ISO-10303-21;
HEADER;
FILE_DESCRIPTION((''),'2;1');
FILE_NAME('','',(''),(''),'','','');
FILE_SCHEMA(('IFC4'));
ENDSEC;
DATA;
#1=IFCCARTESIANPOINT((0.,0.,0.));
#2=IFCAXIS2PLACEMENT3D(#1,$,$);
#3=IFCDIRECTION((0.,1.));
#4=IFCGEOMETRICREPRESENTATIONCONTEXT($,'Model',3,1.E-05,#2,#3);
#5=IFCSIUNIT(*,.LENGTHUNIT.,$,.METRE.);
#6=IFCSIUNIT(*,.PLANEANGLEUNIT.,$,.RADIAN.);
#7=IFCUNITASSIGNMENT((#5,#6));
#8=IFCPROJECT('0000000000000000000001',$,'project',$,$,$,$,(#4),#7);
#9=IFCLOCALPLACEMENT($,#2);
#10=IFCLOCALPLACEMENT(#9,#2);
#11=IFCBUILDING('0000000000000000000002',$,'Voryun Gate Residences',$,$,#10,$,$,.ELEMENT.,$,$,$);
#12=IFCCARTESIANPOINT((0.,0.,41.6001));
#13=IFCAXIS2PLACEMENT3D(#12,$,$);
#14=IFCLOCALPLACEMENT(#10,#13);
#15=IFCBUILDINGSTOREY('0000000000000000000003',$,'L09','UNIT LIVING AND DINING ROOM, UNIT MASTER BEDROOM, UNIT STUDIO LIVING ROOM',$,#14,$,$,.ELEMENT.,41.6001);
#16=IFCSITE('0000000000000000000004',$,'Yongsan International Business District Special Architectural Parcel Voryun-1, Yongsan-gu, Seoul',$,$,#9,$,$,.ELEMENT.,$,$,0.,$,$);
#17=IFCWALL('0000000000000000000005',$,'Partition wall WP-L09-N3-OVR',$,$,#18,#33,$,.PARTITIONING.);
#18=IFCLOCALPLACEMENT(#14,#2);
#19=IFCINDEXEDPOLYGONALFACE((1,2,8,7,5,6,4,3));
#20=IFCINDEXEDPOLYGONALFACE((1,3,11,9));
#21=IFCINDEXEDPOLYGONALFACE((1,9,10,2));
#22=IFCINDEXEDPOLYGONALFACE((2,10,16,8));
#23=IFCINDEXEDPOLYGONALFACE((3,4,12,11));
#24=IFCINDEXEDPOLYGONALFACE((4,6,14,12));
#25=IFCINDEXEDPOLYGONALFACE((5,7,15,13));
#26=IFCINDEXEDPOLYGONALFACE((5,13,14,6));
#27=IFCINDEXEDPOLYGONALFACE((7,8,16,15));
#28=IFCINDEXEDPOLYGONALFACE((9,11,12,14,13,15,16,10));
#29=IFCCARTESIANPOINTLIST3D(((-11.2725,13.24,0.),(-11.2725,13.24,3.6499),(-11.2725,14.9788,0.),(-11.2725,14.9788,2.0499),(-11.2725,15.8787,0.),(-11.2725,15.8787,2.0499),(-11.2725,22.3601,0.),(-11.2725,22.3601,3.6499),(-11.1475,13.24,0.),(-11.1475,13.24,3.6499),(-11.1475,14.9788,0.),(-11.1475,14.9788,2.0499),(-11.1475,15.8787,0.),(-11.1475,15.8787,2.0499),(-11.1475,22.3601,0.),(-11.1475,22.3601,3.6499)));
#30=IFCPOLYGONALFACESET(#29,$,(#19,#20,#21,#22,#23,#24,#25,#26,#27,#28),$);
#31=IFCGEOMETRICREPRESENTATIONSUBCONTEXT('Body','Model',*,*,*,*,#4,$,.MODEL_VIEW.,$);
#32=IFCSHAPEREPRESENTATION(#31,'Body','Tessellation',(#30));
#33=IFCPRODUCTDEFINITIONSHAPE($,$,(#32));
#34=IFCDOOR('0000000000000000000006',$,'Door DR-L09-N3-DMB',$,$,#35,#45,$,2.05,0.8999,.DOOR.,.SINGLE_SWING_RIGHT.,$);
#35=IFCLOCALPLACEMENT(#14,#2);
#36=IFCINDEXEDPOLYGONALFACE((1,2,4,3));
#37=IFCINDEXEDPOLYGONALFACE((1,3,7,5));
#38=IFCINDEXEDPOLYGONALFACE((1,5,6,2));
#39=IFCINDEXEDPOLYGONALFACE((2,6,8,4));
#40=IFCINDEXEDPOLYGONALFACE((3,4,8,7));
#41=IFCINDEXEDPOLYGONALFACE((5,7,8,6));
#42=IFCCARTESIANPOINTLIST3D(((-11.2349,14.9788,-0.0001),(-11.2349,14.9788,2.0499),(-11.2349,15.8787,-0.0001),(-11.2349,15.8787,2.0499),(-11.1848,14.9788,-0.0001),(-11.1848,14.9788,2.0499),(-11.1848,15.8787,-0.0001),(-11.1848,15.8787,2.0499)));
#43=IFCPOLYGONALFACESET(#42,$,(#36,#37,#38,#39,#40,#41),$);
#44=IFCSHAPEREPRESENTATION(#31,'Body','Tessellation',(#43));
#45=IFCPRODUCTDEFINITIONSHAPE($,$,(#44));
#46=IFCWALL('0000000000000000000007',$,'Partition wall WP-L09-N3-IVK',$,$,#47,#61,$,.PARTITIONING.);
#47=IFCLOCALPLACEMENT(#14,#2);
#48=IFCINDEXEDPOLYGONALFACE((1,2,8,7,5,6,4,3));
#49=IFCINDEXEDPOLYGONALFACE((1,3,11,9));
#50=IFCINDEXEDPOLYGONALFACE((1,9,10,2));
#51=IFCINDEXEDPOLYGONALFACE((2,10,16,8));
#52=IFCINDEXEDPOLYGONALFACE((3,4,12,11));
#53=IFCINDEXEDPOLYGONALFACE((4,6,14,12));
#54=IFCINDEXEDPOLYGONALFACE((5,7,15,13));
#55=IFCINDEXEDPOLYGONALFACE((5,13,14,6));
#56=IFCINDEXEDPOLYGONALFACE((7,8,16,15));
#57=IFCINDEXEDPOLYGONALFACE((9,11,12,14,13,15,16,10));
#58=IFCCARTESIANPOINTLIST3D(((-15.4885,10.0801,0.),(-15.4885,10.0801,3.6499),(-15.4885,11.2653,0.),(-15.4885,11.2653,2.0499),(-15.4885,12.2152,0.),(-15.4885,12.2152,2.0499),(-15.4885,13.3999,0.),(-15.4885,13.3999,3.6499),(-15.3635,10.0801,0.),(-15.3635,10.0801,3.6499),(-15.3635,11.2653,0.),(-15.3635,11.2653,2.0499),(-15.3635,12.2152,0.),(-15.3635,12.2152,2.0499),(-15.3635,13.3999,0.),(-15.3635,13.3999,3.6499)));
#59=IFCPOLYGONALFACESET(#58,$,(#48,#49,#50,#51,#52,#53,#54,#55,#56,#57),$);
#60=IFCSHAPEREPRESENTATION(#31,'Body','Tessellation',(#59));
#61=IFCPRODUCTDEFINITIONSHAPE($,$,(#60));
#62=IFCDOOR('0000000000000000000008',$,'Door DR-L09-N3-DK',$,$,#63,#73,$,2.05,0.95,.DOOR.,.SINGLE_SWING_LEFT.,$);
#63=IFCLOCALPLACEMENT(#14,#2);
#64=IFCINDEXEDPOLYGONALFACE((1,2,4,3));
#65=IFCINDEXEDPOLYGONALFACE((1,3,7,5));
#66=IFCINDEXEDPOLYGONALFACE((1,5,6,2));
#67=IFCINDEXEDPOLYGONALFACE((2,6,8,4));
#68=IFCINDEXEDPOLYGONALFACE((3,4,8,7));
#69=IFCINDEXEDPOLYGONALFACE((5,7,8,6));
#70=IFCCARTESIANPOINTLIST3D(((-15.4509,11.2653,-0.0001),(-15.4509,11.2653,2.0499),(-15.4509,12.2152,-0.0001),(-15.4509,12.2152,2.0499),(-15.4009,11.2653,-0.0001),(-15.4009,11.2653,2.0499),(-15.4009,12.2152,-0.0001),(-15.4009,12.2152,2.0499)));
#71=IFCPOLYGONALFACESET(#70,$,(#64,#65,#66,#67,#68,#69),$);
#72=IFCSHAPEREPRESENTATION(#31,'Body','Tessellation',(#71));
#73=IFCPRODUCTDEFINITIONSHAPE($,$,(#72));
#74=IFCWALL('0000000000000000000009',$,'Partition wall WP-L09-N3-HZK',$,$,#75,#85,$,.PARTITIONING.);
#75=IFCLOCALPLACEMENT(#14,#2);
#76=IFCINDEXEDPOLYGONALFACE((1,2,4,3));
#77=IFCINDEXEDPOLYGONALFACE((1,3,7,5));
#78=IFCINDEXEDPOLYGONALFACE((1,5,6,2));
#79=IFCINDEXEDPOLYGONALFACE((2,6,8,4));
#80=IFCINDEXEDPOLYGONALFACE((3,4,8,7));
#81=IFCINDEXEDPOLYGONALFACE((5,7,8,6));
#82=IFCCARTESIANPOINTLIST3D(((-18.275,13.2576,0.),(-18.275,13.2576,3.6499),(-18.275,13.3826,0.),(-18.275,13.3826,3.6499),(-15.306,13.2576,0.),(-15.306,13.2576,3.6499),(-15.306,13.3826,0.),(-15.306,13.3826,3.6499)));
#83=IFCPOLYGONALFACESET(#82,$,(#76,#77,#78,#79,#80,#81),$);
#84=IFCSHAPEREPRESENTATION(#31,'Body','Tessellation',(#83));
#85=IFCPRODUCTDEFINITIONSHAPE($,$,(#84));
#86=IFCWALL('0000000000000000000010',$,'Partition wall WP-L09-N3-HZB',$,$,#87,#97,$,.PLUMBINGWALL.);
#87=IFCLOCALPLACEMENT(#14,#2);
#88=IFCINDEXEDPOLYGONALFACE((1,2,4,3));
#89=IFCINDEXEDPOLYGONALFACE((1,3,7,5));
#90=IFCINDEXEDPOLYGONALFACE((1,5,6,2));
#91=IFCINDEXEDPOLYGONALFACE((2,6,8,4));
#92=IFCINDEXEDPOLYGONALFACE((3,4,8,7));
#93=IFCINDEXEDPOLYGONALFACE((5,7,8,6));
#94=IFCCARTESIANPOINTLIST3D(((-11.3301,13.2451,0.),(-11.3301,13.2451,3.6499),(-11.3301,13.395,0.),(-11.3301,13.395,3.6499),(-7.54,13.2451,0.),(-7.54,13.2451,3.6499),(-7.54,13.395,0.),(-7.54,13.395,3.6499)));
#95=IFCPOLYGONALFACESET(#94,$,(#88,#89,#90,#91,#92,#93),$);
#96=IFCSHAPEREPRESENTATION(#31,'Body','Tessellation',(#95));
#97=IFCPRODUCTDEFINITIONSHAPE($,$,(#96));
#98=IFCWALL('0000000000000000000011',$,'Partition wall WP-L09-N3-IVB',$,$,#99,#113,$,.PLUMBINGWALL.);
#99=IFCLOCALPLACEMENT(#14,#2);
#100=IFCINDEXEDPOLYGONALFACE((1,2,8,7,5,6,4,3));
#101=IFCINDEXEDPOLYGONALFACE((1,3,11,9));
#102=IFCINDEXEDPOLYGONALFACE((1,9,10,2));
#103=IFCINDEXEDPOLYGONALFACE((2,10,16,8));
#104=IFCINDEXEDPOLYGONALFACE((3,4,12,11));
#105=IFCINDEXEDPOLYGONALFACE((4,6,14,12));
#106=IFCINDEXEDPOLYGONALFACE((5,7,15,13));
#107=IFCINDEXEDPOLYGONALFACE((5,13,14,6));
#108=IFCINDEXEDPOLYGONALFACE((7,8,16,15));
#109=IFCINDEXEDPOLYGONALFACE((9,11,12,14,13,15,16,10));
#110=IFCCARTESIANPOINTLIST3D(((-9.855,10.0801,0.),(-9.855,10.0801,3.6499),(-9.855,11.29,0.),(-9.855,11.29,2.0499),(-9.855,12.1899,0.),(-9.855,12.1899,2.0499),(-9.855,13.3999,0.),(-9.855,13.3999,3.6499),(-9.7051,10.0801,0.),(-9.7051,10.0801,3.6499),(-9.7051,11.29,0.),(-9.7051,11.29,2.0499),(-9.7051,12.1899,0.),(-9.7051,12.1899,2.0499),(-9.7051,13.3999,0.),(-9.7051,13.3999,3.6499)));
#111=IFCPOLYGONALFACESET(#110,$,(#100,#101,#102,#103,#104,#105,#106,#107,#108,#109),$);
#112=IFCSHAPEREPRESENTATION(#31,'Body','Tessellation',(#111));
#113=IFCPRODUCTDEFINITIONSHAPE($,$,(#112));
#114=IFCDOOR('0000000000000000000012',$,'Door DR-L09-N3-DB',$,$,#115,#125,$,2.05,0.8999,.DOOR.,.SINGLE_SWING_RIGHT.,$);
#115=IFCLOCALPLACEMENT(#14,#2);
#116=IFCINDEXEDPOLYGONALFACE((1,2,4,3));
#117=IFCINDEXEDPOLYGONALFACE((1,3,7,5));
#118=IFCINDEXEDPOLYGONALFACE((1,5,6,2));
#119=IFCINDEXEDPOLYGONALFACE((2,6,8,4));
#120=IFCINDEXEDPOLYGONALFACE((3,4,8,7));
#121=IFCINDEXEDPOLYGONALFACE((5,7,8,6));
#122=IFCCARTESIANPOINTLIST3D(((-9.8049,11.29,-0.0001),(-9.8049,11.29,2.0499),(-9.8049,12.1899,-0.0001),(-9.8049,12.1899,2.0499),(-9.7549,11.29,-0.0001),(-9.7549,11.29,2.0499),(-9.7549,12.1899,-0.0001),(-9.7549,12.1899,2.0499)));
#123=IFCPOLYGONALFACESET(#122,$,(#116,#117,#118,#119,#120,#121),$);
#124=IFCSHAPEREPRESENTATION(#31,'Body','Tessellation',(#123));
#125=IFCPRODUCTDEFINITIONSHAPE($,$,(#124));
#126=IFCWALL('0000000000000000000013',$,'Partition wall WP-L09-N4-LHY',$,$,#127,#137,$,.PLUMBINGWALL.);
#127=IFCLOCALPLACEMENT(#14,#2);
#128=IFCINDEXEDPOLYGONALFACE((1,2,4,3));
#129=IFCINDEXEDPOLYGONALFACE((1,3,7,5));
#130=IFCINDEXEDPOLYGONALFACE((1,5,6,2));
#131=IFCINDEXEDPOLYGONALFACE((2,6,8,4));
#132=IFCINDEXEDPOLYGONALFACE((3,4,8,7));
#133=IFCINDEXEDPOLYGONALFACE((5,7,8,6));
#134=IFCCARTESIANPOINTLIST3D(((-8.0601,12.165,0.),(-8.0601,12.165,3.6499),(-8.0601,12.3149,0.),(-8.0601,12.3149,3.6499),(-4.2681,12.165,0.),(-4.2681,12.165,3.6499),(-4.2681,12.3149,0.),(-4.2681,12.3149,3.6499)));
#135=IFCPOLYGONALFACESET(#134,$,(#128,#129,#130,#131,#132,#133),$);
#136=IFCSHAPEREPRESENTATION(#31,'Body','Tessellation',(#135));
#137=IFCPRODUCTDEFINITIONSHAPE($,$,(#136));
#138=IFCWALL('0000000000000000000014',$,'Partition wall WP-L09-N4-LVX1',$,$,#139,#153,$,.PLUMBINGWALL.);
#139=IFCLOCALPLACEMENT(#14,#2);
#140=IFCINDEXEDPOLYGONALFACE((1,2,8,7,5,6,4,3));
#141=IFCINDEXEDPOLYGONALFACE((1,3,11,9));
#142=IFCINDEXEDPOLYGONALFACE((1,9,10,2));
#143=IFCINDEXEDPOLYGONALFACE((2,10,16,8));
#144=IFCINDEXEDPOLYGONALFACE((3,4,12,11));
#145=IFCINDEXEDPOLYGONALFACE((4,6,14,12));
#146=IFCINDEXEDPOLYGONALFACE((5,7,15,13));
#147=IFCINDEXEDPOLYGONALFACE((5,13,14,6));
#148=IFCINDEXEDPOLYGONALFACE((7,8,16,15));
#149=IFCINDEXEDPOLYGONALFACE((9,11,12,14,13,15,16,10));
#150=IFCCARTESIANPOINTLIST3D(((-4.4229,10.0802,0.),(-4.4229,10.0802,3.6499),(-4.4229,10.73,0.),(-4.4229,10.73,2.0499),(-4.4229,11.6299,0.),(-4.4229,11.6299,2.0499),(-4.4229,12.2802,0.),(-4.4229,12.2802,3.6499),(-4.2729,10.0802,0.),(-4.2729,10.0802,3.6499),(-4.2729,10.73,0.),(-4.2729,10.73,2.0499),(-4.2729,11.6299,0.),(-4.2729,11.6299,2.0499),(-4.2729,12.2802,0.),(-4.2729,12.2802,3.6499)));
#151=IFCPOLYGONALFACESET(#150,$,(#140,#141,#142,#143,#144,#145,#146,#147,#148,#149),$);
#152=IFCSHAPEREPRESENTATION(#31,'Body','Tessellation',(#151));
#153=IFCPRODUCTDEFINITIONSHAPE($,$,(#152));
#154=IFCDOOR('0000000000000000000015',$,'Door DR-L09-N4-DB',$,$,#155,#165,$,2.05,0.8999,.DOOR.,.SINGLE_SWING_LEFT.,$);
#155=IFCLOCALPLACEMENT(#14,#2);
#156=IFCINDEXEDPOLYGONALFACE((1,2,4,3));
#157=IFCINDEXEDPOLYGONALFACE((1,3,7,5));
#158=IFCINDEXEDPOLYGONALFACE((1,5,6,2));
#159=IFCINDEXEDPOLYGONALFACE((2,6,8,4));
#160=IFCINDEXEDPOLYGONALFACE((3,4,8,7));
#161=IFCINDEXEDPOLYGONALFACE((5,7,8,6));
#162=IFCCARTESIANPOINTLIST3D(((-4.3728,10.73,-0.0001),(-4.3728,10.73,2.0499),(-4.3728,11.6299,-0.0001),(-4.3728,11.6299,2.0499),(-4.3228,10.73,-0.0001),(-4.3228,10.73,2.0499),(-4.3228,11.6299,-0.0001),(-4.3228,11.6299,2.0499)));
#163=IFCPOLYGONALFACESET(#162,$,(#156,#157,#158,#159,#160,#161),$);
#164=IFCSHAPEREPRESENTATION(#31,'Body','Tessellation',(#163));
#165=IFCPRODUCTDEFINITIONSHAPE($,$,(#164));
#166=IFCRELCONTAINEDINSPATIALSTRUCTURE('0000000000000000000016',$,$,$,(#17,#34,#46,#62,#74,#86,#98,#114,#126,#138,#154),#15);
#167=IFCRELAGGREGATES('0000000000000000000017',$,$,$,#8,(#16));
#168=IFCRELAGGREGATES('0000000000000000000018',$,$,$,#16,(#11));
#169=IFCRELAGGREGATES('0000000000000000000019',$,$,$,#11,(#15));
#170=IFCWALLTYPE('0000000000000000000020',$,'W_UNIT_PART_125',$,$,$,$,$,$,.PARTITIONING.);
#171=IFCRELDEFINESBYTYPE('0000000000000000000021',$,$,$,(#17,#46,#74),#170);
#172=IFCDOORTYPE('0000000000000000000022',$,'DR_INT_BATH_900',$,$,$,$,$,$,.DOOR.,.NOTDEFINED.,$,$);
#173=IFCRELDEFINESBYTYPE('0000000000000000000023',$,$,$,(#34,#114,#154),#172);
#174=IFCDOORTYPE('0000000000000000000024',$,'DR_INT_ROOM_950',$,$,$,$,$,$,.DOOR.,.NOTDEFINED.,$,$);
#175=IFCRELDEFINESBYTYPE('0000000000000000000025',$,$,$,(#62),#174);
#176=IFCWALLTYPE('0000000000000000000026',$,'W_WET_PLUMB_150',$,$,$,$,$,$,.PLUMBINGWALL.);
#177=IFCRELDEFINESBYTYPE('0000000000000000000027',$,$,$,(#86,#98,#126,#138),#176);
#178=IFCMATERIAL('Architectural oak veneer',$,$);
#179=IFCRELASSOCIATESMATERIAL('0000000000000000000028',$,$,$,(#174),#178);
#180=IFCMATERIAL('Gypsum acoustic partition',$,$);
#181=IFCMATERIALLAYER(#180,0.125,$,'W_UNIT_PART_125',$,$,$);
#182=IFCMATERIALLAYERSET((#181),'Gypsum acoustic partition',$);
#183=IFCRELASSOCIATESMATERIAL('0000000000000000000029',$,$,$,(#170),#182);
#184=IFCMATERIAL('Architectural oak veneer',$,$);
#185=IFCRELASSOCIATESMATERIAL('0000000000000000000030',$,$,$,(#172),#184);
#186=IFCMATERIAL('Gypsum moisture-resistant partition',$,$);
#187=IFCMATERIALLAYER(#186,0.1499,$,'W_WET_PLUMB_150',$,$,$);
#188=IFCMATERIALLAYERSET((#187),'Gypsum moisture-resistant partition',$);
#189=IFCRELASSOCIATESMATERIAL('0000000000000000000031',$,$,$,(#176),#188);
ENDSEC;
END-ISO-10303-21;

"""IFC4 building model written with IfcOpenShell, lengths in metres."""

from ifc_helpers import new_model, si_unit, direction, frame, frame_2d, origin, place, context, subcontext, project, spatial, rectangle, extrude, material, layer, layer_set, type_object, element, fill, save


model = new_model("IFC4")

# Units and contexts
model_context = context("Model", 3, precision=1e-05, world=origin(), true_north=direction((0.0, 1.0)))
body_context = subcontext(model_context, "Body", "Model", "MODEL_VIEW")
ifc_project = project(units=[si_unit("LENGTHUNIT", "METRE"), si_unit("PLANEANGLEUNIT", "RADIAN")], contexts=[model_context])

# Site, building, storey
site_placement = place(None, origin())
site = spatial("IfcSite", under=ifc_project, at=site_placement, Name="Yongsan International Business District Special Architectural Parcel Voryun-1, Yongsan-gu, Seoul", CompositionType="ELEMENT", RefElevation=0.0)
building_placement = place(site_placement, origin())
building = spatial("IfcBuilding", under=site, at=building_placement, Name="Voryun Gate Residences", CompositionType="ELEMENT")
storey_placement = place(building_placement, frame((0.0, 0.0, 41.6001)))
storey = spatial("IfcBuildingStorey", under=building, at=storey_placement, Name="L09", Description="UNIT LIVING AND DINING ROOM, UNIT MASTER BEDROOM, UNIT STUDIO LIVING ROOM", CompositionType="ELEMENT", Elevation=41.6001)

# Shared definitions
ifc_material_1 = material(Name="Architectural oak veneer")
door_type_1 = type_object("IfcDoorType", Name="DR_INT_ROOM_950", OperationType="NOTDEFINED", PredefinedType="DOOR", material=ifc_material_1)

# Walls, openings, doors
ifc_material_2 = material(Name="Gypsum acoustic partition")
ifc_layer_1 = layer(ifc_material_2, 0.125, Name="W_UNIT_PART_125")
ifc_layer_set_1 = layer_set([ifc_layer_1], Name="Gypsum acoustic partition")
wall_type_1 = type_object("IfcWallType", Name="W_UNIT_PART_125", PredefinedType="PARTITIONING", material=ifc_layer_set_1)
wall_1_placement = place(storey_placement, frame((-11.21, 13.24, 0.0), z_axis=(0.0, 0.0, 1.0), x_axis=(0.0, 1.0, 0.0)))
wall_1 = element("IfcWall", 1, at=wall_1_placement, inside=storey, type_object=wall_type_1, Name="Partition wall WP-L09-N3-OVR", PredefinedType="PARTITIONING", context=body_context, shape_type="SweptSolid", body=[
    extrude(rectangle(XDim=9.1201, YDim=0.125, at=frame_2d((4.5601, 0.0))), origin(), (0.0, 0.0, 1.0), 3.6499),
])
opening_1_placement = place(wall_1_placement, frame((1.7388, 0.0, 0.0)))
opening_1 = element("IfcOpeningElement", 2, at=opening_1_placement, cuts=wall_1, PredefinedType="OPENING", context=body_context, shape_type="SweptSolid", body=[
    extrude(rectangle(XDim=0.8999, YDim=2.05, at=frame_2d((0.45, 1.0249))), frame((0.0, 0.0725, 0.0), z_axis=(0.0, -1.0, 0.0), x_axis=(1.0, 0.0, 0.0)), (0.0, 0.0, 1.0), 0.145),
])
ifc_material_3 = material(Name="Architectural oak veneer")
door_type_2 = type_object("IfcDoorType", Name="DR_INT_BATH_900", OperationType="NOTDEFINED", PredefinedType="DOOR", material=ifc_material_3)
door_1_placement = place(opening_1_placement, origin())
door_1 = element("IfcDoor", 3, at=door_1_placement, inside=storey, type_object=door_type_2, Name="Door DR-L09-N3-DMB", OperationType="SINGLE_SWING_RIGHT", OverallHeight=2.05, OverallWidth=0.8999, PredefinedType="DOOR", context=body_context, shape_type="SweptSolid", body=[
    extrude(rectangle(XDim=0.8999, YDim=2.05, at=frame_2d((0.45, 1.0249))), frame((0.0, 0.0249, 0.0), z_axis=(0.0, -1.0, 0.0), x_axis=(1.0, 0.0, 0.0)), (0.0, 0.0, 1.0), 0.05),
])
fill(opening_1, door_1)
wall_2_placement = place(storey_placement, frame((-15.426, 10.0801, 0.0), z_axis=(0.0, 0.0, 1.0), x_axis=(0.0, 1.0, 0.0)))
wall_2 = element("IfcWall", 4, at=wall_2_placement, inside=storey, type_object=wall_type_1, Name="Partition wall WP-L09-N3-IVK", PredefinedType="PARTITIONING", context=body_context, shape_type="SweptSolid", body=[
    extrude(rectangle(XDim=3.3198, YDim=0.125, at=frame_2d((1.6599, 0.0))), origin(), (0.0, 0.0, 1.0), 3.6499),
])
opening_2_placement = place(wall_2_placement, frame((1.1851, 0.0, 0.0)))
opening_2 = element("IfcOpeningElement", 5, at=opening_2_placement, cuts=wall_2, PredefinedType="OPENING", context=body_context, shape_type="SweptSolid", body=[
    extrude(rectangle(XDim=0.95, YDim=2.05, at=frame_2d((0.4751, 1.0249))), frame((0.0, 0.0725, 0.0), z_axis=(0.0, -1.0, 0.0), x_axis=(1.0, 0.0, 0.0)), (0.0, 0.0, 1.0), 0.145),
])
door_2_placement = place(opening_2_placement, origin())
door_2 = element("IfcDoor", 6, at=door_2_placement, inside=storey, type_object=door_type_1, Name="Door DR-L09-N3-DK", OperationType="SINGLE_SWING_LEFT", OverallHeight=2.05, OverallWidth=0.95, PredefinedType="DOOR", context=body_context, shape_type="SweptSolid", body=[
    extrude(rectangle(XDim=0.95, YDim=2.05, at=frame_2d((0.4751, 1.0249))), frame((0.0, 0.0249, 0.0), z_axis=(0.0, -1.0, 0.0), x_axis=(1.0, 0.0, 0.0)), (0.0, 0.0, 1.0), 0.05),
])
fill(opening_2, door_2)

# Walls
wall_3_placement = place(storey_placement, frame((-18.2749, 13.3201, 0.0), z_axis=(0.0, 0.0, 1.0), x_axis=(1.0, 0.0, 0.0)))
element("IfcWall", 7, at=wall_3_placement, inside=storey, type_object=wall_type_1, Name="Partition wall WP-L09-N3-HZK", PredefinedType="PARTITIONING", context=body_context, shape_type="SweptSolid", body=[
    extrude(rectangle(XDim=2.969, YDim=0.125, at=frame_2d((1.4844, 0.0))), origin(), (0.0, 0.0, 1.0), 3.6499),
])
ifc_material_4 = material(Name="Gypsum moisture-resistant partition")
ifc_layer_2 = layer(ifc_material_4, 0.1499, Name="W_WET_PLUMB_150")
ifc_layer_set_2 = layer_set([ifc_layer_2], Name="Gypsum moisture-resistant partition")
wall_type_2 = type_object("IfcWallType", Name="W_WET_PLUMB_150", PredefinedType="PLUMBINGWALL", material=ifc_layer_set_2)
wall_4_placement = place(storey_placement, frame((-11.3301, 13.3201, 0.0), z_axis=(0.0, 0.0, 1.0), x_axis=(1.0, 0.0, 0.0)))
element("IfcWall", 8, at=wall_4_placement, inside=storey, type_object=wall_type_2, Name="Partition wall WP-L09-N3-HZB", PredefinedType="PLUMBINGWALL", context=body_context, shape_type="SweptSolid", body=[
    extrude(rectangle(XDim=3.79, YDim=0.1499, at=frame_2d((1.895, 0.0))), origin(), (0.0, 0.0, 1.0), 3.6499),
])

# Wall, opening, door
wall_5_placement = place(storey_placement, frame((-9.78, 10.0801, 0.0), z_axis=(0.0, 0.0, 1.0), x_axis=(0.0, 1.0, 0.0)))
wall_5 = element("IfcWall", 9, at=wall_5_placement, inside=storey, type_object=wall_type_2, Name="Partition wall WP-L09-N3-IVB", PredefinedType="PLUMBINGWALL", context=body_context, shape_type="SweptSolid", body=[
    extrude(rectangle(XDim=3.3198, YDim=0.1499, at=frame_2d((1.6599, 0.0))), origin(), (0.0, 0.0, 1.0), 3.6499),
])
opening_3_placement = place(wall_5_placement, frame((1.21, 0.0, 0.0)))
opening_3 = element("IfcOpeningElement", 10, at=opening_3_placement, cuts=wall_5, PredefinedType="OPENING", context=body_context, shape_type="SweptSolid", body=[
    extrude(rectangle(XDim=0.8999, YDim=2.05, at=frame_2d((0.45, 1.0249))), frame((0.0, 0.085, 0.0), z_axis=(0.0, -1.0, 0.0), x_axis=(1.0, 0.0, 0.0)), (0.0, 0.0, 1.0), 0.1699),
])
door_3_placement = place(opening_3_placement, origin())
door_3 = element("IfcDoor", 11, at=door_3_placement, inside=storey, type_object=door_type_2, Name="Door DR-L09-N3-DB", OperationType="SINGLE_SWING_RIGHT", OverallHeight=2.05, OverallWidth=0.8999, PredefinedType="DOOR", context=body_context, shape_type="SweptSolid", body=[
    extrude(rectangle(XDim=0.8999, YDim=2.05, at=frame_2d((0.45, 1.0249))), frame((0.0, 0.0249, 0.0), z_axis=(0.0, -1.0, 0.0), x_axis=(1.0, 0.0, 0.0)), (0.0, 0.0, 1.0), 0.05),
])
fill(opening_3, door_3)

# Wall
wall_6_placement = place(storey_placement, frame((-8.0601, 12.24, 0.0), z_axis=(0.0, 0.0, 1.0), x_axis=(1.0, 0.0, 0.0)))
element("IfcWall", 12, at=wall_6_placement, inside=storey, type_object=wall_type_2, Name="Partition wall WP-L09-N4-LHY", PredefinedType="PLUMBINGWALL", context=body_context, shape_type="SweptSolid", body=[
    extrude(rectangle(XDim=3.792, YDim=0.1499, at=frame_2d((1.896, 0.0))), origin(), (0.0, 0.0, 1.0), 3.6499),
])

# Wall, opening, door
wall_7_placement = place(storey_placement, frame((-4.3479, 10.0801, 0.0), z_axis=(0.0, 0.0, 1.0), x_axis=(0.0, 1.0, 0.0)))
wall_7 = element("IfcWall", 13, at=wall_7_placement, inside=storey, type_object=wall_type_2, Name="Partition wall WP-L09-N4-LVX1", PredefinedType="PLUMBINGWALL", context=body_context, shape_type="SweptSolid", body=[
    extrude(rectangle(XDim=2.2, YDim=0.1499, at=frame_2d((1.1001, 0.0))), origin(), (0.0, 0.0, 1.0), 3.6499),
])
opening_4_placement = place(wall_7_placement, frame((0.6499, 0.0, 0.0)))
opening_4 = element("IfcOpeningElement", 14, at=opening_4_placement, cuts=wall_7, PredefinedType="OPENING", context=body_context, shape_type="SweptSolid", body=[
    extrude(rectangle(XDim=0.8999, YDim=2.05, at=frame_2d((0.45, 1.0249))), frame((0.0, 0.085, 0.0), z_axis=(0.0, -1.0, 0.0), x_axis=(1.0, 0.0, 0.0)), (0.0, 0.0, 1.0), 0.1699),
])
door_4_placement = place(opening_4_placement, origin())
door_4 = element("IfcDoor", 15, at=door_4_placement, inside=storey, type_object=door_type_2, Name="Door DR-L09-N4-DB", OperationType="SINGLE_SWING_LEFT", OverallHeight=2.05, OverallWidth=0.8999, PredefinedType="DOOR", context=body_context, shape_type="SweptSolid", body=[
    extrude(rectangle(XDim=0.8999, YDim=2.05, at=frame_2d((0.45, 1.0249))), frame((0.0, 0.0249, 0.0), z_axis=(0.0, -1.0, 0.0), x_axis=(1.0, 0.0, 0.0)), (0.0, 0.0, 1.0), 0.05),
])
fill(opening_4, door_4)

save(model, "model.ifc")
